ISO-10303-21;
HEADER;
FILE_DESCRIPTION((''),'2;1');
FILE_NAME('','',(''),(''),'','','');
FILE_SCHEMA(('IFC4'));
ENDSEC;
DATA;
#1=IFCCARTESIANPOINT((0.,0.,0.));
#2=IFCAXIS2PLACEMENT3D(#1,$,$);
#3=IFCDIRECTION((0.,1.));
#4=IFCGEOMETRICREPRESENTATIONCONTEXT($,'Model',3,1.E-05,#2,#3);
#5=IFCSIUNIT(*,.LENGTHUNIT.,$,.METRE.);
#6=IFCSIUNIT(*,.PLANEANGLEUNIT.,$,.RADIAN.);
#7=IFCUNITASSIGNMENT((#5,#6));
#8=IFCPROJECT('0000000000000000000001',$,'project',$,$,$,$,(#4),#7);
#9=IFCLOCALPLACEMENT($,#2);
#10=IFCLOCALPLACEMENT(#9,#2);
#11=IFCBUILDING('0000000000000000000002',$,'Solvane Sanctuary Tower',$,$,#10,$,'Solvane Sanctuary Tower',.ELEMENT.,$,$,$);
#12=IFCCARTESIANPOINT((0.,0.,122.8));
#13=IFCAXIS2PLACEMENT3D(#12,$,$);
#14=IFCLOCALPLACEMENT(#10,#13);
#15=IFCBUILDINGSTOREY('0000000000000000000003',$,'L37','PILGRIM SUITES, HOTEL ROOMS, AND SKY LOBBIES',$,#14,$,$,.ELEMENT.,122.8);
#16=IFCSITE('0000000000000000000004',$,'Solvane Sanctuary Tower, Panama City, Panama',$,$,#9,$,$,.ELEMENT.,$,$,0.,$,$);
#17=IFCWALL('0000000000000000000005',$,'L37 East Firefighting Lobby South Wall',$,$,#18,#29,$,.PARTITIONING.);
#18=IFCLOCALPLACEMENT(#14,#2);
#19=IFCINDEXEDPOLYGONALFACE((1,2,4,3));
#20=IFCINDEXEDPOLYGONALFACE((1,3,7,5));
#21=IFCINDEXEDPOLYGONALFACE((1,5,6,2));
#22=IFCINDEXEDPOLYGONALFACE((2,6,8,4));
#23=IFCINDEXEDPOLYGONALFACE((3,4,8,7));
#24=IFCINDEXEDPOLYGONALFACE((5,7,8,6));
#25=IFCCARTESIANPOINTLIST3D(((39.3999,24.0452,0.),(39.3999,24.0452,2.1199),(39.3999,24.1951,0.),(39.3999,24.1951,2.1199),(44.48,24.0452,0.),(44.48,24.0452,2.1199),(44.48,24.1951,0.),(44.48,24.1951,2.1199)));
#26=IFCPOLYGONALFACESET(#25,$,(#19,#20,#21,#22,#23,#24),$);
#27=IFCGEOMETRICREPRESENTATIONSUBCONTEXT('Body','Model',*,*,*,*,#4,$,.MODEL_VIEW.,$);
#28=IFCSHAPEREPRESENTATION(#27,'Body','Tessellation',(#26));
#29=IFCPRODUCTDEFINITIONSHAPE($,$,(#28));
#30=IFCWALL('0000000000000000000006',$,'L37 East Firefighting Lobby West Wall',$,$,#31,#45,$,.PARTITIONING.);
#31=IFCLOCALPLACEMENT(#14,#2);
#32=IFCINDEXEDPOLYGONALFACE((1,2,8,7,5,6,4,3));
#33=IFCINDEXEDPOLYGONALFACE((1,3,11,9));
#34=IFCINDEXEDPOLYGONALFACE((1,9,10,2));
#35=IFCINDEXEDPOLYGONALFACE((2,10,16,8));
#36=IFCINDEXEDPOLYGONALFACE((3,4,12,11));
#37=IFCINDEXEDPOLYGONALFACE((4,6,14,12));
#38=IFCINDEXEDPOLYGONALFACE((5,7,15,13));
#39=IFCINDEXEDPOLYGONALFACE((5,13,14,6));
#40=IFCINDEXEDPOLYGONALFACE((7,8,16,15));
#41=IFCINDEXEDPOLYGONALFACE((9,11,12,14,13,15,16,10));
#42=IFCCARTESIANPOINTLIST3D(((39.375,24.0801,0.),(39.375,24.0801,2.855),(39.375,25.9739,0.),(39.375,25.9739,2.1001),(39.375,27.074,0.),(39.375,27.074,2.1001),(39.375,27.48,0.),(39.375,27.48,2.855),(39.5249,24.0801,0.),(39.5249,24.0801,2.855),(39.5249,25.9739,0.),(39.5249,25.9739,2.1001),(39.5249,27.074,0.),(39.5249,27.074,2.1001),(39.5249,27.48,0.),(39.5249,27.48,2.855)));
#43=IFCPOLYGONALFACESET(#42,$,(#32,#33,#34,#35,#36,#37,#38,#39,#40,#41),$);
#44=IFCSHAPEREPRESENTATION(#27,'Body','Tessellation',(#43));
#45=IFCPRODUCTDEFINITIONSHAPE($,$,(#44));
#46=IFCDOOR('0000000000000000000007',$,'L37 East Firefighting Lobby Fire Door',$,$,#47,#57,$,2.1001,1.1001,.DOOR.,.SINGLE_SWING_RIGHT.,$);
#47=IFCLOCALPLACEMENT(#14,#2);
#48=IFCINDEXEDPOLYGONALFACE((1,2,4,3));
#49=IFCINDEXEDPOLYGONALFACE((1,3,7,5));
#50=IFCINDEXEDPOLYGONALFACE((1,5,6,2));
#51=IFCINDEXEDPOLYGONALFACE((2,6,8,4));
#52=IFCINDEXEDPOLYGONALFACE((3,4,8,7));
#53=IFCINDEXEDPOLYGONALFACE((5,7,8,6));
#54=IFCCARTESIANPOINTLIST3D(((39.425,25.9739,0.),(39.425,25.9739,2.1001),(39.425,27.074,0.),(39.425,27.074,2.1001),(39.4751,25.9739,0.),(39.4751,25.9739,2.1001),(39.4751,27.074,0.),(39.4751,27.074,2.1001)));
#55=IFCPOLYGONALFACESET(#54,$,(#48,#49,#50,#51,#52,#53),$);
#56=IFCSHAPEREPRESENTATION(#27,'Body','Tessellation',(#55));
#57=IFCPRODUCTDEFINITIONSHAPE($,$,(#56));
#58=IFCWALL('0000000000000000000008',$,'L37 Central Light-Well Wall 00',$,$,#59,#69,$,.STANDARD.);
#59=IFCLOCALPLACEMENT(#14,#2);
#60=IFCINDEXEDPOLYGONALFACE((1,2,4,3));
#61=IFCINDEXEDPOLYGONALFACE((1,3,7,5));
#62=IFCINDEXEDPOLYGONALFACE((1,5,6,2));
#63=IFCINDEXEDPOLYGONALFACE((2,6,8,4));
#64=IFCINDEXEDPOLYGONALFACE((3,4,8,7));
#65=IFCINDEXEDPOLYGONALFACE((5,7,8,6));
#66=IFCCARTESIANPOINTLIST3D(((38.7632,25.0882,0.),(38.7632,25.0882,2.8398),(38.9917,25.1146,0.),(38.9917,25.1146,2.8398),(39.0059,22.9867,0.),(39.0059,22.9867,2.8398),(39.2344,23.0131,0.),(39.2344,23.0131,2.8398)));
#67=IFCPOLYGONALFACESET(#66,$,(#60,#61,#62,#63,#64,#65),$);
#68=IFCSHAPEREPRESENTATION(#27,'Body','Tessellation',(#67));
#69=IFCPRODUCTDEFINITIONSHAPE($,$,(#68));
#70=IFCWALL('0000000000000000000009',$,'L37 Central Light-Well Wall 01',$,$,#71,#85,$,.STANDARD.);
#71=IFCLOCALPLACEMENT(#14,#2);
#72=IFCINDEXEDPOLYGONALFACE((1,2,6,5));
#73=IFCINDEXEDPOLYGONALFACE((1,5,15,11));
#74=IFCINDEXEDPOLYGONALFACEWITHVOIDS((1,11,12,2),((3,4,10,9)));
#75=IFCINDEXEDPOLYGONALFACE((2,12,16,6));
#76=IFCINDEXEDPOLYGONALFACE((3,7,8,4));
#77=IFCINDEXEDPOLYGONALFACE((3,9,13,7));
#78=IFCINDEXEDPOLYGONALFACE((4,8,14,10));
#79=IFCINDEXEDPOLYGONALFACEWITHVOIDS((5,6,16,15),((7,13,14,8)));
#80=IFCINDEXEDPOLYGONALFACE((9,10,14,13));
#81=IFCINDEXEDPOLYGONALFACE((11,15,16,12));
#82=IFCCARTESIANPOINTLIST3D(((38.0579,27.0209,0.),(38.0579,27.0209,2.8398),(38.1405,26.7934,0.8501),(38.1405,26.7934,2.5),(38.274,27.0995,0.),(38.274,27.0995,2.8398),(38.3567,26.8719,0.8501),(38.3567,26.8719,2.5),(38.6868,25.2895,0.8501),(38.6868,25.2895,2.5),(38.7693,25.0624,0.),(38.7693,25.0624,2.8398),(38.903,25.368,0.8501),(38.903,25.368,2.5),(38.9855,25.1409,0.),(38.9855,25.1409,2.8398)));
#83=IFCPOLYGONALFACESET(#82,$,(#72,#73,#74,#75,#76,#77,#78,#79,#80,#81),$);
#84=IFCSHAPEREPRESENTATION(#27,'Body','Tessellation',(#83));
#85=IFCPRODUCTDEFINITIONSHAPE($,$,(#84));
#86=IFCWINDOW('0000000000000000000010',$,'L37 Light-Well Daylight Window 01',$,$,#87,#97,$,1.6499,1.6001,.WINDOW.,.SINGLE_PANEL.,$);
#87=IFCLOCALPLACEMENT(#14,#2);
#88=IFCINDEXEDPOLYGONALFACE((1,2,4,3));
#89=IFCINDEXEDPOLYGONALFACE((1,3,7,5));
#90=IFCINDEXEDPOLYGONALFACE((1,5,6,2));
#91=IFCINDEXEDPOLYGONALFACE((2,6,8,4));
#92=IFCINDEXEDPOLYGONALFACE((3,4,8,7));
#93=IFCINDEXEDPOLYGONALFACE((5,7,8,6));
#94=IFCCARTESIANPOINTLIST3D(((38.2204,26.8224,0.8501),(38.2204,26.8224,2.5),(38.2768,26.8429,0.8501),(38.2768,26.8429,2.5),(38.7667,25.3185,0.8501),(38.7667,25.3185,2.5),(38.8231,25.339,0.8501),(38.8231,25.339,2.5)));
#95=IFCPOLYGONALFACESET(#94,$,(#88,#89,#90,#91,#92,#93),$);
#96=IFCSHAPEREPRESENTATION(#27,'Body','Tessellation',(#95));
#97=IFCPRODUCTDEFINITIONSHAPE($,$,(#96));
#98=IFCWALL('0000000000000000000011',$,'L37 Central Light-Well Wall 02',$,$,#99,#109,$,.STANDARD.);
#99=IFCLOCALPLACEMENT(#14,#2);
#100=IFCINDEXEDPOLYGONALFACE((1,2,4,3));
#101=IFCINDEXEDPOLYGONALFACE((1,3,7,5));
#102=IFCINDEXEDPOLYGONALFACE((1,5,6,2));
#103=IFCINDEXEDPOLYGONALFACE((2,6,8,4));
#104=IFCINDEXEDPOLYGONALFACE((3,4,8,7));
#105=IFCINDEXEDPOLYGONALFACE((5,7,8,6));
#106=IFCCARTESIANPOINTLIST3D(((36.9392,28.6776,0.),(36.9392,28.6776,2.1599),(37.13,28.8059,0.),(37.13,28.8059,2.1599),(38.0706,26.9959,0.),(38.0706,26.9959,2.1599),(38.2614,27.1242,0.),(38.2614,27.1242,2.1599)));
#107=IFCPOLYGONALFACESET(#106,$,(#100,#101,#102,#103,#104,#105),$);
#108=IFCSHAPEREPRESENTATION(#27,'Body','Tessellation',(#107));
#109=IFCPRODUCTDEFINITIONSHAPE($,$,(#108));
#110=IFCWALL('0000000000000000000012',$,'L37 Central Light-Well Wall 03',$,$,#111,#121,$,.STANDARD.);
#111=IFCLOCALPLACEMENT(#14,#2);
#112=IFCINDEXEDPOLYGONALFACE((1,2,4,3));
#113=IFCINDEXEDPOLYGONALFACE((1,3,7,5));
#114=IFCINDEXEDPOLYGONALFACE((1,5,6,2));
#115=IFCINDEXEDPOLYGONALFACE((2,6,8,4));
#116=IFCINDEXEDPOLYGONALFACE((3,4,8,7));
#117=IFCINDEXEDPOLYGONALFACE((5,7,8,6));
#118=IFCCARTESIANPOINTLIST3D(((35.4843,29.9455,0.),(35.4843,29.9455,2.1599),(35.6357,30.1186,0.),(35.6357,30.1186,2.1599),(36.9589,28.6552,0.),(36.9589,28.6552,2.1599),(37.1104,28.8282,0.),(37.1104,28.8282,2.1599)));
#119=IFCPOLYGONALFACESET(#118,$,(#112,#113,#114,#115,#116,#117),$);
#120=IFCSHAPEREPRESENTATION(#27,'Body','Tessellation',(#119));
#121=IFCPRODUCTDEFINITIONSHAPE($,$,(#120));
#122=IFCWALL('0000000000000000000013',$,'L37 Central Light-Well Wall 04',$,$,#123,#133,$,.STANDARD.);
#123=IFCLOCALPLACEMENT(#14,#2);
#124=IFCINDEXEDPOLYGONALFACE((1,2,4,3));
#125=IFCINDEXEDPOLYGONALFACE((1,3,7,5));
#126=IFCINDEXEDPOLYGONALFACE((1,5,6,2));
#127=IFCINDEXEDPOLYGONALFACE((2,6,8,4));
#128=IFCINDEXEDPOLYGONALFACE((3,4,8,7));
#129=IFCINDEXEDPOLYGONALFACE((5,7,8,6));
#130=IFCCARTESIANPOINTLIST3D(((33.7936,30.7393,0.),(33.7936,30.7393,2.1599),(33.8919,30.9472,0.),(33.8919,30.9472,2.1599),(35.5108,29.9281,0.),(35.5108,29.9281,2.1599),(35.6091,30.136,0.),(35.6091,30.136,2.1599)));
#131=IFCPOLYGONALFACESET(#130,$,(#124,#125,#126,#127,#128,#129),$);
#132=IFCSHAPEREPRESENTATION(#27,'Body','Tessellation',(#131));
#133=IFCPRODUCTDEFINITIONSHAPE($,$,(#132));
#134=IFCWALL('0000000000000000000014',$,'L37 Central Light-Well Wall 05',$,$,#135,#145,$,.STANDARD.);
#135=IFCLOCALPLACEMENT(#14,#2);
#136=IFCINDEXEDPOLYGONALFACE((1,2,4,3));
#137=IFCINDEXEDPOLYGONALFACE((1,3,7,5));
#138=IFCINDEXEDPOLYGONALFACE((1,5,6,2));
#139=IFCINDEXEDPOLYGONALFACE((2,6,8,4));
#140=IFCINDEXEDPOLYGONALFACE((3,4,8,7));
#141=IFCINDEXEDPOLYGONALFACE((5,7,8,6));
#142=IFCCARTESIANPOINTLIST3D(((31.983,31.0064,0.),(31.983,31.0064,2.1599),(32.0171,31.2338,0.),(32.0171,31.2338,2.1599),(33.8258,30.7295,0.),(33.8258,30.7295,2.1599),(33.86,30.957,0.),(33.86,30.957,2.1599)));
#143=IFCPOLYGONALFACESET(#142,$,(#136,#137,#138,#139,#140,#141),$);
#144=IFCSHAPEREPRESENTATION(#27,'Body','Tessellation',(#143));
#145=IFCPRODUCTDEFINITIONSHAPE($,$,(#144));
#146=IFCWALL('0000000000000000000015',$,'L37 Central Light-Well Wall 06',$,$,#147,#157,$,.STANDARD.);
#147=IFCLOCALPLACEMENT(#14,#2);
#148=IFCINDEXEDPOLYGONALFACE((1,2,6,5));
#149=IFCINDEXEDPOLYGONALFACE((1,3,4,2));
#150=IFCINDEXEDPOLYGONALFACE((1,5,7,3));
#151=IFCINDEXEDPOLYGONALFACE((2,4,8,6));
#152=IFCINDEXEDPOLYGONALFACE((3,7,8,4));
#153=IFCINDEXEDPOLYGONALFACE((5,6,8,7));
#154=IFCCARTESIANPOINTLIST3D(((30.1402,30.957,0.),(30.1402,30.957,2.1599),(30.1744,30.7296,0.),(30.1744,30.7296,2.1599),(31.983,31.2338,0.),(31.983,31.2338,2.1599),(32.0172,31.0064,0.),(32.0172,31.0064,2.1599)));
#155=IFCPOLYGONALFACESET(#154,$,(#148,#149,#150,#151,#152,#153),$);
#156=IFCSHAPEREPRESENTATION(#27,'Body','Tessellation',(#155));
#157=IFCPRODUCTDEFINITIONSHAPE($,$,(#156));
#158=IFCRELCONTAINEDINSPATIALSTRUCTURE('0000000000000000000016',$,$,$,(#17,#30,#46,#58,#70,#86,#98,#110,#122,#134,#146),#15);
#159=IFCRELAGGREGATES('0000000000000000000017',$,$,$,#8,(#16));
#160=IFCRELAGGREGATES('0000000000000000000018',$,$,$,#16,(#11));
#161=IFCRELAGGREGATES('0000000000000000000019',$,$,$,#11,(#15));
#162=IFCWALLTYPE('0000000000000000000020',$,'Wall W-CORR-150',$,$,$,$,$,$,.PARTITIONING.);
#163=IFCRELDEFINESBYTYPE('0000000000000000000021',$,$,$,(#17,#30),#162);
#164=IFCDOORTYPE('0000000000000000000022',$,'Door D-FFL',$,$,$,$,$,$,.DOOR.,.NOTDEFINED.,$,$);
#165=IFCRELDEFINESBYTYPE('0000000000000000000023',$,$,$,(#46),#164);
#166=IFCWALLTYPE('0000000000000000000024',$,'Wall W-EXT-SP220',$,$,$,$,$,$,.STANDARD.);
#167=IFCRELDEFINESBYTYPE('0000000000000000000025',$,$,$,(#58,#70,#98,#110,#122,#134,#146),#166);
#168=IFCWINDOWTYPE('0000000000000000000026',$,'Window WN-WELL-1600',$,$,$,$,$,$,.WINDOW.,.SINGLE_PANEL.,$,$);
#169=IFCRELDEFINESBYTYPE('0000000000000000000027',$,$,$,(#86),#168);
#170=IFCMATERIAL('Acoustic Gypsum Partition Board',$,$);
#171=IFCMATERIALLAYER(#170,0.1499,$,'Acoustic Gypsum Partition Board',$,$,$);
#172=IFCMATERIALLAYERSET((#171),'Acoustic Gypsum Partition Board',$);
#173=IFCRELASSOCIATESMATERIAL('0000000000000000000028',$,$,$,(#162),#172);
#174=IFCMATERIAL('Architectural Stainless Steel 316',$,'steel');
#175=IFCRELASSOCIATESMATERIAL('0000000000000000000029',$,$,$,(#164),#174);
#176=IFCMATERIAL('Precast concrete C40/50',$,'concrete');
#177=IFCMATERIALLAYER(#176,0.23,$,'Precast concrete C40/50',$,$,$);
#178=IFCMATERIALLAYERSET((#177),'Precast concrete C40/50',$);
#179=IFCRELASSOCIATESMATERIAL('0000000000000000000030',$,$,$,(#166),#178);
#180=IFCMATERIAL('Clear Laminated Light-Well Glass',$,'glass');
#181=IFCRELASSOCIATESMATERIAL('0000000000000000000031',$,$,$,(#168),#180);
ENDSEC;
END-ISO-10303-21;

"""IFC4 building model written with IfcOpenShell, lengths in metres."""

from ifc_helpers import new_model, si_unit, direction, frame, frame_2d, origin, place, context, subcontext, project, spatial, rectangle, extrude, material, layer, layer_set, type_object, element, fill, save


model = new_model("IFC4")

# Units and contexts
model_context = context("Model", 3, precision=1e-05, world=origin(), true_north=direction((0.0, 1.0)))
body_context = subcontext(model_context, "Body", "Model", "MODEL_VIEW")
ifc_project = project(units=[si_unit("LENGTHUNIT", "METRE"), si_unit("PLANEANGLEUNIT", "RADIAN")], contexts=[model_context])

# Site, building, storey
site_placement = place(None, origin())
site = spatial("IfcSite", under=ifc_project, at=site_placement, Name="Solvane Sanctuary Tower, Panama City, Panama", CompositionType="ELEMENT", RefElevation=0.0)
building_placement = place(site_placement, origin())
building = spatial("IfcBuilding", under=site, at=building_placement, Name="Solvane Sanctuary Tower", LongName="Solvane Sanctuary Tower", CompositionType="ELEMENT")
storey_placement = place(building_placement, frame((0.0, 0.0, 122.8)))
storey = spatial("IfcBuildingStorey", under=building, at=storey_placement, Name="L37", Description="PILGRIM SUITES, HOTEL ROOMS, AND SKY LOBBIES", CompositionType="ELEMENT", Elevation=122.8)

# Wall
ifc_material_1 = material(Name="Acoustic Gypsum Partition Board")
ifc_layer_1 = layer(ifc_material_1, 0.1499, Name="Acoustic Gypsum Partition Board")
ifc_layer_set_1 = layer_set([ifc_layer_1], Name="Acoustic Gypsum Partition Board")
wall_type_1 = type_object("IfcWallType", Name="Wall W-CORR-150", PredefinedType="PARTITIONING", material=ifc_layer_set_1)
wall_1_placement = place(storey_placement, frame((39.3999, 24.1201, 0.0), z_axis=(0.0, 0.0, 1.0), x_axis=(1.0, 0.0, 0.0)))
element("IfcWall", 1, at=wall_1_placement, inside=storey, type_object=wall_type_1, Name="L37 East Firefighting Lobby South Wall", PredefinedType="PARTITIONING", context=body_context, shape_type="SweptSolid", body=[
    extrude(rectangle(XDim=5.0801, YDim=0.1499, at=frame_2d((2.54, 0.0))), origin(), (0.0, 0.0, 1.0), 2.1199),
])

# Wall, opening, door
wall_2_placement = place(storey_placement, frame((39.45, 24.0801, 0.0), z_axis=(0.0, 0.0, 1.0), x_axis=(0.0, 1.0, 0.0)))
wall_2 = element("IfcWall", 2, at=wall_2_placement, inside=storey, type_object=wall_type_1, Name="L37 East Firefighting Lobby West Wall", PredefinedType="PARTITIONING", context=body_context, shape_type="SweptSolid", body=[
    extrude(rectangle(XDim=3.3999, YDim=0.1499, at=frame_2d((1.7, 0.0))), origin(), (0.0, 0.0, 1.0), 2.855),
])
opening_1_placement = place(wall_2_placement, frame((1.8938, 0.0, 0.0)))
opening_1 = element("IfcOpeningElement", 3, at=opening_1_placement, cuts=wall_2, PredefinedType="OPENING", context=body_context, shape_type="SweptSolid", body=[
    extrude(rectangle(XDim=1.1001, YDim=2.1001, at=frame_2d((0.55, 1.05))), frame((0.0, 0.085, 0.0), z_axis=(0.0, -1.0, 0.0), x_axis=(1.0, 0.0, 0.0)), (0.0, 0.0, 1.0), 0.1699),
])
ifc_material_2 = material(Name="Architectural Stainless Steel 316", Category="steel")
door_type = type_object("IfcDoorType", Name="Door D-FFL", OperationType="NOTDEFINED", PredefinedType="DOOR", material=ifc_material_2)
door_placement = place(opening_1_placement, origin())
door = element("IfcDoor", 4, at=door_placement, inside=storey, type_object=door_type, Name="L37 East Firefighting Lobby Fire Door", OperationType="SINGLE_SWING_RIGHT", OverallHeight=2.1001, OverallWidth=1.1001, PredefinedType="DOOR", context=body_context, shape_type="SweptSolid", body=[
    extrude(rectangle(XDim=1.1001, YDim=2.1001, at=frame_2d((0.55, 1.05))), frame((0.0, 0.0249, 0.0), z_axis=(0.0, -1.0, 0.0), x_axis=(1.0, 0.0, 0.0)), (0.0, 0.0, 1.0), 0.05),
])
fill(opening_1, door)

# Wall
ifc_material_3 = material(Name="Precast concrete C40/50", Category="concrete")
ifc_layer_2 = layer(ifc_material_3, 0.23, Name="Precast concrete C40/50")
ifc_layer_set_2 = layer_set([ifc_layer_2], Name="Precast concrete C40/50")
wall_type_2 = type_object("IfcWallType", Name="Wall W-EXT-SP220", PredefinedType="STANDARD", material=ifc_layer_set_2)
wall_3_placement = place(storey_placement, frame((39.1201, 23.0, 0.0), z_axis=(0.0, 0.0, 1.0), x_axis=(-0.114712, 0.993399, 0.0)))
element("IfcWall", 5, at=wall_3_placement, inside=storey, type_object=wall_type_2, Name="L37 Central Light-Well Wall 00", PredefinedType="STANDARD", context=body_context, shape_type="SweptSolid", body=[
    extrude(rectangle(XDim=2.1155, YDim=0.23, at=frame_2d((1.0576, 0.0))), origin(), (0.0, 0.0, 1.0), 2.8398),
])

# Wall, opening, window
wall_4_placement = place(storey_placement, frame((38.8774, 25.1016, 0.0), z_axis=(0.0, 0.0, 1.0), x_axis=(-0.341423, 0.93991, 0.0)))
wall_4 = element("IfcWall", 6, at=wall_4_placement, inside=storey, type_object=wall_type_2, Name="L37 Central Light-Well Wall 01", PredefinedType="STANDARD", context=body_context, shape_type="SweptSolid", body=[
    extrude(rectangle(XDim=2.0837, YDim=0.23, at=frame_2d((1.042, 0.0))), origin(), (0.0, 0.0, 1.0), 2.8398),
])
opening_2_placement = place(wall_4_placement, frame((0.2417, 0.0, 0.8501)))
opening_2 = element("IfcOpeningElement", 7, at=opening_2_placement, cuts=wall_4, PredefinedType="OPENING", context=body_context, shape_type="SweptSolid", body=[
    extrude(rectangle(XDim=1.6001, YDim=1.6499, at=frame_2d((0.8, 0.825))), frame((0.0, 0.125, 0.0), z_axis=(0.0, -1.0, 0.0), x_axis=(1.0, 0.0, 0.0)), (0.0, 0.0, 1.0), 0.25),
])
ifc_material_4 = material(Name="Clear Laminated Light-Well Glass", Category="glass")
window_type = type_object("IfcWindowType", Name="Window WN-WELL-1600", PartitioningType="SINGLE_PANEL", PredefinedType="WINDOW", material=ifc_material_4)
window_placement = place(opening_2_placement, origin())
window = element("IfcWindow", 8, at=window_placement, inside=storey, type_object=window_type, Name="L37 Light-Well Daylight Window 01", OverallHeight=1.6499, OverallWidth=1.6001, PartitioningType="SINGLE_PANEL", PredefinedType="WINDOW", context=body_context, shape_type="SweptSolid", body=[
    extrude(rectangle(XDim=1.6001, YDim=1.6499, at=frame_2d((0.8, 0.825))), frame((0.0, 0.03, 0.0), z_axis=(0.0, -1.0, 0.0), x_axis=(1.0, 0.0, 0.0)), (0.0, 0.0, 1.0), 0.0601),
])
fill(opening_2, window)

# Walls
wall_5_placement = place(storey_placement, frame((38.166, 27.0601, 0.0), z_axis=(0.0, 0.0, 1.0), x_axis=(-0.558198, 0.829708, 0.0)))
element("IfcWall", 9, at=wall_5_placement, inside=storey, type_object=wall_type_2, Name="L37 Central Light-Well Wall 02", PredefinedType="STANDARD", context=body_context, shape_type="SweptSolid", body=[
    extrude(rectangle(XDim=2.0269, YDim=0.23, at=frame_2d((1.0134, 0.0))), origin(), (0.0, 0.0, 1.0), 2.1599),
])
wall_6_placement = place(storey_placement, frame((37.0347, 28.7417, 0.0), z_axis=(0.0, 0.0, 1.0), x_axis=(-0.752577, 0.658505, 0.0)))
element("IfcWall", 10, at=wall_6_placement, inside=storey, type_object=wall_type_2, Name="L37 Central Light-Well Wall 03", PredefinedType="STANDARD", context=body_context, shape_type="SweptSolid", body=[
    extrude(rectangle(XDim=1.9595, YDim=0.23, at=frame_2d((0.9797, 0.0))), origin(), (0.0, 0.0, 1.0), 2.1599),
])
wall_7_placement = place(storey_placement, frame((35.5601, 30.032, 0.0), z_axis=(0.0, 0.0, 1.0), x_axis=(-0.90418, 0.427152, 0.0)))
element("IfcWall", 11, at=wall_7_placement, inside=storey, type_object=wall_type_2, Name="L37 Central Light-Well Wall 04", PredefinedType="STANDARD", context=body_context, shape_type="SweptSolid", body=[
    extrude(rectangle(XDim=1.8992, YDim=0.23, at=frame_2d((0.9497, 0.0))), origin(), (0.0, 0.0, 1.0), 2.1599),
])
for number, where, z_axis, x_axis, name in (
    (12, (33.8428, 30.8433, 0.0), (0.0, 0.0, 1.0), (-0.988902, 0.148571, 0.0), "L37 Central Light-Well Wall 05"),
    (13, (32.0, 31.1201, 0.0), (0.0, 0.0, 1.0), (-0.988902, -0.148571, 0.0), "L37 Central Light-Well Wall 06"),
):
    element("IfcWall", number, at=place(storey_placement, frame(where, z_axis=z_axis, x_axis=x_axis)), inside=storey, type_object=wall_type_2, Name=name, PredefinedType="STANDARD", context=body_context, shape_type="SweptSolid", body=[
        extrude(rectangle(XDim=1.8635, YDim=0.23, at=frame_2d((0.9316, 0.0))), origin(), (0.0, 0.0, 1.0), 2.1599),
    ])

save(model, "model.ifc")
